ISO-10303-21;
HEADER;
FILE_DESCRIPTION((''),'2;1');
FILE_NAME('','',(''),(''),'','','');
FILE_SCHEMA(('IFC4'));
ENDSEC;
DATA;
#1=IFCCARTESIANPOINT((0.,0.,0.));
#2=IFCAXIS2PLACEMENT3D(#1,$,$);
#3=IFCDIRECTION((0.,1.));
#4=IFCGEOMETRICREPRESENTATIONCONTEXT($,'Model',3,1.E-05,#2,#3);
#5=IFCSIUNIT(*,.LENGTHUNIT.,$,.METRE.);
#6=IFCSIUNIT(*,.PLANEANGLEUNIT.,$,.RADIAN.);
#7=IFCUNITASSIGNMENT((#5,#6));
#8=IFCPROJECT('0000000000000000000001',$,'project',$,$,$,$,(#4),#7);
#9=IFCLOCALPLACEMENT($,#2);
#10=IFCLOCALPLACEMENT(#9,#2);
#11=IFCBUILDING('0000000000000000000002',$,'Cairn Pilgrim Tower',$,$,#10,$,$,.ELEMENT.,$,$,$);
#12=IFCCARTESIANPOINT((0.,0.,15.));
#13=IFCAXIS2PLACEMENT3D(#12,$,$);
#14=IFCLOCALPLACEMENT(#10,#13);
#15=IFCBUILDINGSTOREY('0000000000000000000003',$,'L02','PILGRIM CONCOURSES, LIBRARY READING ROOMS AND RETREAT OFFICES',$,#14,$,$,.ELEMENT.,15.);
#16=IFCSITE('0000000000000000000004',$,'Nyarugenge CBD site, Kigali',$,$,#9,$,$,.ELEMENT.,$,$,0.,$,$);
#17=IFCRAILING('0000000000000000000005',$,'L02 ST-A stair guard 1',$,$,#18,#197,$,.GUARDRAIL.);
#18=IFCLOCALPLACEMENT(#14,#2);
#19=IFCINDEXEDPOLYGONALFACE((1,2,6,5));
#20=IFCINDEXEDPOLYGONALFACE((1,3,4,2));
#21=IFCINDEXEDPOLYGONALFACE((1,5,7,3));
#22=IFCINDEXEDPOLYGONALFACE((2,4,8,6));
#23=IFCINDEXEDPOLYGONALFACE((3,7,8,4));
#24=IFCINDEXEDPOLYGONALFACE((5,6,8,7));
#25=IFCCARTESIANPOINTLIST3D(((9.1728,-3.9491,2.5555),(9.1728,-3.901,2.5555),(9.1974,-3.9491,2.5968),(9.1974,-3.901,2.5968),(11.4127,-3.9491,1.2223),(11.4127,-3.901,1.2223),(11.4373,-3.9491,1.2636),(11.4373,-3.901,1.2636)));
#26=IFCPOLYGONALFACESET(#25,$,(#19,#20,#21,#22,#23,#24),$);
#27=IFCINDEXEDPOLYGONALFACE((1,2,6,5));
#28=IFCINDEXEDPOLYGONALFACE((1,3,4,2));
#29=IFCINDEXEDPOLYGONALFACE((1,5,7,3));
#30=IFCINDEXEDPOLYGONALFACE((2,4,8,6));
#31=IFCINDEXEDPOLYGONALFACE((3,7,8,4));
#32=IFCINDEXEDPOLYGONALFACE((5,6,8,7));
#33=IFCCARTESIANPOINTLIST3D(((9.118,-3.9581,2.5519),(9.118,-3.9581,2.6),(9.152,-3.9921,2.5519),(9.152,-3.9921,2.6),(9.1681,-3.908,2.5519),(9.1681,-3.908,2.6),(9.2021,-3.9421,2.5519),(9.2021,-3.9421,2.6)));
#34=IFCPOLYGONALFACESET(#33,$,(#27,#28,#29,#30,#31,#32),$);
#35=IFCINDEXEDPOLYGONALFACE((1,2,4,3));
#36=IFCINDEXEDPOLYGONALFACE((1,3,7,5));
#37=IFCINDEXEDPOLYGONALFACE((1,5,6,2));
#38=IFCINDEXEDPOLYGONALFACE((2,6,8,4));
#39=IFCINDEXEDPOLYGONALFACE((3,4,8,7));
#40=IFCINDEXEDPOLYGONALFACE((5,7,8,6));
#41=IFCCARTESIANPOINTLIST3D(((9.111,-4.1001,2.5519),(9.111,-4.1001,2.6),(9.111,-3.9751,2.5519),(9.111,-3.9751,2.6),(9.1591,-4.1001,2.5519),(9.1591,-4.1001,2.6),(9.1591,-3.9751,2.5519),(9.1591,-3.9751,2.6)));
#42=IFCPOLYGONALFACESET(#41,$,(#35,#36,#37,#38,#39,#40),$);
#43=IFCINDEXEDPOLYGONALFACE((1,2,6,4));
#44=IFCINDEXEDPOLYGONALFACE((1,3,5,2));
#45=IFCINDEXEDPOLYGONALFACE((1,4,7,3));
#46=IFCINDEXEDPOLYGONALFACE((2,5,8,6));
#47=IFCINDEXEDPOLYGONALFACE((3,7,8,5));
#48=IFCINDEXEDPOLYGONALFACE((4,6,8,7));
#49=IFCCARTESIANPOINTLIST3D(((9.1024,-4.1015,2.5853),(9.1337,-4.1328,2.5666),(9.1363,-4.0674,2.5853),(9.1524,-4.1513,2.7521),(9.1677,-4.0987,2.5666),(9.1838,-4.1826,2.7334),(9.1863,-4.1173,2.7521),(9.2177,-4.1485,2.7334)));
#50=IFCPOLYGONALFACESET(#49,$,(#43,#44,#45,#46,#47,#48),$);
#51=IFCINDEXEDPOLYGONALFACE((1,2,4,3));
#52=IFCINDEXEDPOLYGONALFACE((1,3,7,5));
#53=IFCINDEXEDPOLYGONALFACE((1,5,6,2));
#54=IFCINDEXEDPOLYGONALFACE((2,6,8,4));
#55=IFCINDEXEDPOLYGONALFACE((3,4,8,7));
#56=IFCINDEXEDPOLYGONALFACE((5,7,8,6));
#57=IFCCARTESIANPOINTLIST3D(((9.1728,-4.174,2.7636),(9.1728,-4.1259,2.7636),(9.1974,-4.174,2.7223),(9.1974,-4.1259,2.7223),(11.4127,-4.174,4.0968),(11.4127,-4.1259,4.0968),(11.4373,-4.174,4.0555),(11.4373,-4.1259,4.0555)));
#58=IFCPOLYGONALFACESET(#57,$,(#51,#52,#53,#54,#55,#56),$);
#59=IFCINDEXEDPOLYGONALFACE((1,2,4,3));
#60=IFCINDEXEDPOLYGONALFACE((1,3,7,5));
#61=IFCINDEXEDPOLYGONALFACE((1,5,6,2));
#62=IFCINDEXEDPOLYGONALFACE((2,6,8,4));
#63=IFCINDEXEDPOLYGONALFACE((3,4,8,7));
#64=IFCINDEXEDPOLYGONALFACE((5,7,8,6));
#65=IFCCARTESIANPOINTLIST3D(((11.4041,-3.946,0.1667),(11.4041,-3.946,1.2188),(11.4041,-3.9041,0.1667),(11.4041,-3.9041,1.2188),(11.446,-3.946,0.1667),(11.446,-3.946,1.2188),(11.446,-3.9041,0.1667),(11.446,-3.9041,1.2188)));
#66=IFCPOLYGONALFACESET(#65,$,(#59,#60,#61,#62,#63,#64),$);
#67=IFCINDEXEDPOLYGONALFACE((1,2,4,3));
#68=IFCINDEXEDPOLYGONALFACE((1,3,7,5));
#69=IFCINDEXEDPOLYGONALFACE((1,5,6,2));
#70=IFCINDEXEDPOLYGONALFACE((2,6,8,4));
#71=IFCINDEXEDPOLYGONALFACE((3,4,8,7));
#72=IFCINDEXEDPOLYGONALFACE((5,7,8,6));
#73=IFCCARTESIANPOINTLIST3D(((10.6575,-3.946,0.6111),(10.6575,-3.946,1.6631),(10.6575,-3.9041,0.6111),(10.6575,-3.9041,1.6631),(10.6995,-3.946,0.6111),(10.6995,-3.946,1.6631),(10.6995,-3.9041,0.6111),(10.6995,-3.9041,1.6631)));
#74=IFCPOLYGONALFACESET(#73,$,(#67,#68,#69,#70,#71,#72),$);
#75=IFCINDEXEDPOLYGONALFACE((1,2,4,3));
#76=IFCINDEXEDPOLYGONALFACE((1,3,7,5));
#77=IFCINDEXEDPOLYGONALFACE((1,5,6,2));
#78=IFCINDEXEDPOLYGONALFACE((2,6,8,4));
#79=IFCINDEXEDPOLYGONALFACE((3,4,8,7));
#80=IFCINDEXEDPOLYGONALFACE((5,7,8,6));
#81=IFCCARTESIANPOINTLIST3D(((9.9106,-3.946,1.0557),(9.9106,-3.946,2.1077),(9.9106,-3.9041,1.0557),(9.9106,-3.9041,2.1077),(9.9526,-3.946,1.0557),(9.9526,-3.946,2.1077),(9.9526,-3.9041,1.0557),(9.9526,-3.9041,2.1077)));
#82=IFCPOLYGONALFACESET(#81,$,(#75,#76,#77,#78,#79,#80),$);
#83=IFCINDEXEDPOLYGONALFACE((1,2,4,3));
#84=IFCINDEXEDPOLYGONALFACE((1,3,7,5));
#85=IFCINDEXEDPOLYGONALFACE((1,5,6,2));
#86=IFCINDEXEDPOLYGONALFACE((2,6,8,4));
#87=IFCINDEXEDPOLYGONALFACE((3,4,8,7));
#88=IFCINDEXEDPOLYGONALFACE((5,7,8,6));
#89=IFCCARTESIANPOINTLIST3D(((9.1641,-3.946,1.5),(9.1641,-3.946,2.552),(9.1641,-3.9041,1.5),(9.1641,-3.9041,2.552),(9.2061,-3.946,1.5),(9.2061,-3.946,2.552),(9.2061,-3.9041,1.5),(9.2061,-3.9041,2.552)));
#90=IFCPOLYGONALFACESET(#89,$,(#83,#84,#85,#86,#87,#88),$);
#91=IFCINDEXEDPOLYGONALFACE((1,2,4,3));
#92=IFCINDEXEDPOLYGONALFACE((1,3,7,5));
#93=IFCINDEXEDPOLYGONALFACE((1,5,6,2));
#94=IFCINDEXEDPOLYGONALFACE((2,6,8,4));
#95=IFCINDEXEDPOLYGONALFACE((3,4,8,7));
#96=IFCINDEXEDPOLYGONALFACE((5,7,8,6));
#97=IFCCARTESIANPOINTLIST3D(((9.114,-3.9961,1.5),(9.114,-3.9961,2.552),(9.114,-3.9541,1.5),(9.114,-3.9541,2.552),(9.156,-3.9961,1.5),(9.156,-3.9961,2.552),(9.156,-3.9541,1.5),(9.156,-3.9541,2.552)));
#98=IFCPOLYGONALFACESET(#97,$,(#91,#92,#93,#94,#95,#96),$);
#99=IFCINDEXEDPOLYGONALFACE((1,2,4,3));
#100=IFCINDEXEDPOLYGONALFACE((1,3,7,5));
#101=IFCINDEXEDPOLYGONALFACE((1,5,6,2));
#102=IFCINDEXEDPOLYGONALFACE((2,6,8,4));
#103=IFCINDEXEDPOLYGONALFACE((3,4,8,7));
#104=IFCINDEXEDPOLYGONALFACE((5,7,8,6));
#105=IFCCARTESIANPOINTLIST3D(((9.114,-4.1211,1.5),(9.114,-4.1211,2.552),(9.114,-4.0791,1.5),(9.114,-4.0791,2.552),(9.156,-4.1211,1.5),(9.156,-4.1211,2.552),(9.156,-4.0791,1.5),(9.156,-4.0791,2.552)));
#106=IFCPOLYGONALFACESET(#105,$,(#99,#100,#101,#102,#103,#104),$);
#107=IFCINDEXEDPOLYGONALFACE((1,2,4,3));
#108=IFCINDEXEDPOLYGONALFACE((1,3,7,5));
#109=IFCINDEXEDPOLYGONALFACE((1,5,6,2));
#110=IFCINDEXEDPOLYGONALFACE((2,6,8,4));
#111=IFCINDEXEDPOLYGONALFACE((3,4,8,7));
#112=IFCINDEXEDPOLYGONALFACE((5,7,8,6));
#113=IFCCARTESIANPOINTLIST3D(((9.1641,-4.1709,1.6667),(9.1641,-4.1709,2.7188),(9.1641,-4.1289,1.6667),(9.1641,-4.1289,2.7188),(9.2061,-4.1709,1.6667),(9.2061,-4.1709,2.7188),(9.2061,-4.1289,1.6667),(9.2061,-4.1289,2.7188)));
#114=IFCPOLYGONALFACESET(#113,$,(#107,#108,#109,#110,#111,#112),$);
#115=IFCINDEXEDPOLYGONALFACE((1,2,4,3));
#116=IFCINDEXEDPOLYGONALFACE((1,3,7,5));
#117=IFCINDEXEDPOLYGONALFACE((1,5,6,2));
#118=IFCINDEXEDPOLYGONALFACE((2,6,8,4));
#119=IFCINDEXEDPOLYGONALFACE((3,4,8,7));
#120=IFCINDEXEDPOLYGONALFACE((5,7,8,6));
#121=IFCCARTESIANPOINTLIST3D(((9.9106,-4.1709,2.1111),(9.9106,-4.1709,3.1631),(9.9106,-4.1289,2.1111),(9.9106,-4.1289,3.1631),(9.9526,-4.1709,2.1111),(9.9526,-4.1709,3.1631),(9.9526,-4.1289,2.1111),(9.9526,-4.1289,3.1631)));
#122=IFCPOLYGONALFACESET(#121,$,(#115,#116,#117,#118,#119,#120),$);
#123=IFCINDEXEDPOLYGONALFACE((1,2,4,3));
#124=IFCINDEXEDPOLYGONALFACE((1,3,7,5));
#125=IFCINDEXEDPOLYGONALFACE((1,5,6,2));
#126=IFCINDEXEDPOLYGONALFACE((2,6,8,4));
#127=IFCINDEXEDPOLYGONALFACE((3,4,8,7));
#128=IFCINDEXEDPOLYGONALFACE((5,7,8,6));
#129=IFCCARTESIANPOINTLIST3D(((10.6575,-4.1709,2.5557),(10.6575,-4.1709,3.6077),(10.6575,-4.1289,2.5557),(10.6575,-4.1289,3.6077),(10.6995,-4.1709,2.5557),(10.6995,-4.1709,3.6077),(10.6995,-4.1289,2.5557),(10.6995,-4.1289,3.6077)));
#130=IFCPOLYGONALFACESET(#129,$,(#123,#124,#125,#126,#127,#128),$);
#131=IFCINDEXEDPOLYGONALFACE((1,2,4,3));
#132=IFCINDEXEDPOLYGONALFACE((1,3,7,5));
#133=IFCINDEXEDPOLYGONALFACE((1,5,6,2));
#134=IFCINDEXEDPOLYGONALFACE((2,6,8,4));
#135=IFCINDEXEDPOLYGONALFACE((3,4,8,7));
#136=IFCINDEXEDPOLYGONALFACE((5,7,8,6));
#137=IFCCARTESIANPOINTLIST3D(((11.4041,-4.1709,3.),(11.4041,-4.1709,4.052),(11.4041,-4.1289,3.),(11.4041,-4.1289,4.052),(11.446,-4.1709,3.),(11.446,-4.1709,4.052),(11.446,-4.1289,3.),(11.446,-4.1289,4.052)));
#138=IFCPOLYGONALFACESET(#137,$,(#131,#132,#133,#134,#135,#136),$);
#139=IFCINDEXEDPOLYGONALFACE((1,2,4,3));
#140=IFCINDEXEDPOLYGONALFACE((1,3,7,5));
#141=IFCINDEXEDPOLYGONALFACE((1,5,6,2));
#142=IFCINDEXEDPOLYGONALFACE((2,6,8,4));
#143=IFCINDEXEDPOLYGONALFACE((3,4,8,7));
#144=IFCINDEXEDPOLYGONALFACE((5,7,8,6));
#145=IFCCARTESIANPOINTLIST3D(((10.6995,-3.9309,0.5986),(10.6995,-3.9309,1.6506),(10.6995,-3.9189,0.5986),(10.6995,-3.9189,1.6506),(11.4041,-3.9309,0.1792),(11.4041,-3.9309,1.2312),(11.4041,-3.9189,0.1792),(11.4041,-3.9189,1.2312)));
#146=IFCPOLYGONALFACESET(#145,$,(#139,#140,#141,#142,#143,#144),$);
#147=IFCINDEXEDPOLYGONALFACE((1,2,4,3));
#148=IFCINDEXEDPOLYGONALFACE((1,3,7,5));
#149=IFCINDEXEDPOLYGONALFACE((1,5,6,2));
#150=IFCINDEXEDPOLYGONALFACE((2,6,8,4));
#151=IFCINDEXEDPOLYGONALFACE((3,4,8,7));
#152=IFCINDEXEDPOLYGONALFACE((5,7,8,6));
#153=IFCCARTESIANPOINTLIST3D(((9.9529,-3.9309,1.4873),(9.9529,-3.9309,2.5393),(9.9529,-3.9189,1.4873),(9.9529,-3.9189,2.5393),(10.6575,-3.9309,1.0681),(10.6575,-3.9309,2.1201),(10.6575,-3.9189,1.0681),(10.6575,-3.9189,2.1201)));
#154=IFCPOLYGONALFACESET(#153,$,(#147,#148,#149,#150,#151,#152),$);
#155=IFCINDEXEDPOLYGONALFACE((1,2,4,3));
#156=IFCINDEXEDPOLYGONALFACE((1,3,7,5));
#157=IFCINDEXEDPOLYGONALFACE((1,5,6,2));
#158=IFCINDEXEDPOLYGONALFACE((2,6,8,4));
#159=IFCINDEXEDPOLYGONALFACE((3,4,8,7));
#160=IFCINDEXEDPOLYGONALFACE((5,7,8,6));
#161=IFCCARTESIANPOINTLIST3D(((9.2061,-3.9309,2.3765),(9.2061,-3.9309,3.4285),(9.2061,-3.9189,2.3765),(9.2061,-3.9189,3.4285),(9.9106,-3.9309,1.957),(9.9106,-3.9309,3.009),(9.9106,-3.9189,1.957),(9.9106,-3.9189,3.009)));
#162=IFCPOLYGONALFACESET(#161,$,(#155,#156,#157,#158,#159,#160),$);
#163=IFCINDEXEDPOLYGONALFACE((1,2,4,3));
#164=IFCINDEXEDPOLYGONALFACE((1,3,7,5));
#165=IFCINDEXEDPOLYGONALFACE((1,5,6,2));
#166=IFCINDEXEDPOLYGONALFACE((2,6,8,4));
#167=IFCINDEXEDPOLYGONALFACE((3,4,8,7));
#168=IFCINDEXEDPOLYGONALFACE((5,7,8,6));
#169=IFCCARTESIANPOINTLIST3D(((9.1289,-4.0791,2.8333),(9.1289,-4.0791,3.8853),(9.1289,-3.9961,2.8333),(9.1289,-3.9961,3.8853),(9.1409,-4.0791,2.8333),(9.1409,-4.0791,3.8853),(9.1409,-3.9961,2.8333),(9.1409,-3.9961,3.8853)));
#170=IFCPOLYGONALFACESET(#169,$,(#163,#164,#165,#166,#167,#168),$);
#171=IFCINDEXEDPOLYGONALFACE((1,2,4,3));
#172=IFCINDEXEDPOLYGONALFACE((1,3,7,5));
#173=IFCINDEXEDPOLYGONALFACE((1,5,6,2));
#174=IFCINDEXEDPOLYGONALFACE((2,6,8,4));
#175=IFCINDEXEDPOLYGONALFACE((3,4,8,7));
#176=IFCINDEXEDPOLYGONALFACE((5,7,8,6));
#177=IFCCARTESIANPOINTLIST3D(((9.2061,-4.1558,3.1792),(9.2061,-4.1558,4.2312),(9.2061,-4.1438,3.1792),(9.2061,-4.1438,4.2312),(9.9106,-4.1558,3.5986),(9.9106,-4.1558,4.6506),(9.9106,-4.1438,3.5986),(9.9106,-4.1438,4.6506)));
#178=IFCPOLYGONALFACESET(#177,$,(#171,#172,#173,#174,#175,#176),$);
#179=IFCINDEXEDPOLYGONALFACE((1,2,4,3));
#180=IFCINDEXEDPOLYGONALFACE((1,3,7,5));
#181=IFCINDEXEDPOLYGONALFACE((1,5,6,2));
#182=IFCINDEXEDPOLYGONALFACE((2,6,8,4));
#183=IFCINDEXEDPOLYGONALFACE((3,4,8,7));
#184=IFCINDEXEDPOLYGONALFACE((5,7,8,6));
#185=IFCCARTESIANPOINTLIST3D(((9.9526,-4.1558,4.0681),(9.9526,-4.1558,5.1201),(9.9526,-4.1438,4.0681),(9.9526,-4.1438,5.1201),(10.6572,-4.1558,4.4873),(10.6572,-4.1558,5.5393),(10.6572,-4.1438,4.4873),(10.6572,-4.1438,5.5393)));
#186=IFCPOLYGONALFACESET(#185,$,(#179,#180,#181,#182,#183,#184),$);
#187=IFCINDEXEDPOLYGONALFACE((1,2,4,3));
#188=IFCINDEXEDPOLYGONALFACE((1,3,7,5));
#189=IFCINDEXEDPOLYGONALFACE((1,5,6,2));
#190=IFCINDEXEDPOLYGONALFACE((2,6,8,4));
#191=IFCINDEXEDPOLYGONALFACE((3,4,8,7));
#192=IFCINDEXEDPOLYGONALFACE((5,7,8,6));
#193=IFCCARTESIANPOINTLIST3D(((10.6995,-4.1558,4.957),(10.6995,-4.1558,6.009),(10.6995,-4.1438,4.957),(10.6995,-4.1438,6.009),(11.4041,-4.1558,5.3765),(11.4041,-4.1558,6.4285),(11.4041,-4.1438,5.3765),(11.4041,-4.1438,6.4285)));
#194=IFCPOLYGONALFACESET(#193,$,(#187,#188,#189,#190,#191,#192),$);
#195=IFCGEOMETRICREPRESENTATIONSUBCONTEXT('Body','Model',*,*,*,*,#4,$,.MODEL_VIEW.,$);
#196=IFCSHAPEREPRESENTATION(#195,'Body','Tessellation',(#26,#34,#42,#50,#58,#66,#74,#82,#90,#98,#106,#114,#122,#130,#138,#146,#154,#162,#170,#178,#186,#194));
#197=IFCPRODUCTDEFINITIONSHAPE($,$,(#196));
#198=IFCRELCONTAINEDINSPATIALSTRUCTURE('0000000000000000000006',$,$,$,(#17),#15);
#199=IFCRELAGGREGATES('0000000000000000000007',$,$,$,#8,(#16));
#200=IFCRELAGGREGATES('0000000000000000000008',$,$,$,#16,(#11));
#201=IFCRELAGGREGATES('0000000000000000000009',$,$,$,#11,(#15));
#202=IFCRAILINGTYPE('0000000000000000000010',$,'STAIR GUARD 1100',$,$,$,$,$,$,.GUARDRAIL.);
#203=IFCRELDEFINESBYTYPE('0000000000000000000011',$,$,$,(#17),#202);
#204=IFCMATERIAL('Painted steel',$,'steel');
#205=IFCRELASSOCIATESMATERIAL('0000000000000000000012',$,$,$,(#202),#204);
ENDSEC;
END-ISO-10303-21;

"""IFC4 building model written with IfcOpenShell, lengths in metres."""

from ifc_helpers import new_model, si_unit, direction, frame, origin, origin_2d, place, context, subcontext, project, spatial, polyline, rectangle, outline, extrude, material, type_object, element, save


model = new_model("IFC4")

# Units and contexts
model_context = context("Model", 3, precision=1e-05, world=origin(), true_north=direction((0.0, 1.0)))
body_context = subcontext(model_context, "Body", "Model", "MODEL_VIEW")
ifc_project = project(units=[si_unit("LENGTHUNIT", "METRE"), si_unit("PLANEANGLEUNIT", "RADIAN")], contexts=[model_context])

# Site, building, storey
site_placement = place(None, origin())
site = spatial("IfcSite", under=ifc_project, at=site_placement, Name="Nyarugenge CBD site, Kigali", CompositionType="ELEMENT", RefElevation=0.0)
building_placement = place(site_placement, origin())
building = spatial("IfcBuilding", under=site, at=building_placement, Name="Cairn Pilgrim Tower", CompositionType="ELEMENT")
storey_placement = place(building_placement, frame((0.0, 0.0, 15.0)))
storey = spatial("IfcBuildingStorey", under=building, at=storey_placement, Name="L02", Description="PILGRIM CONCOURSES, LIBRARY READING ROOMS AND RETREAT OFFICES", CompositionType="ELEMENT", Elevation=15.0)

# Shared definitions
ifc_material_1 = material(Name="Painted steel", Category="steel")

# Railing
railing_type_1 = type_object("IfcRailingType", Name="STAIR GUARD 1100", PredefinedType="GUARDRAIL", material=ifc_material_1)
railing_1_placement = place(storey_placement, frame((11.425, -3.925, 0.1667)))
element("IfcRailing", 1, at=railing_1_placement, inside=storey, type_object=railing_type_1, Name="L02 ST-A stair guard 1", PredefinedType="GUARDRAIL", context=body_context, shape_type="SweptSolid", body=[
    extrude(rectangle(XDim=0.0481, YDim=0.0481, at=origin_2d()), frame((0.0, 0.0, 1.0762), z_axis=(-0.859306, 0.0, 0.511462), x_axis=(0.0, -1.0, 0.0)), (0.0, 0.0, 1.0), 2.6067),
    extrude(rectangle(XDim=0.0481, YDim=0.0481, at=origin_2d()), frame((-2.24, 0.0, 2.4092), z_axis=(-0.707107, -0.707107, 0.0), x_axis=(0.707107, -0.707107, 0.0)), (0.0, 0.0, 1.0), 0.0708),
    extrude(rectangle(XDim=0.0481, YDim=0.0481, at=origin_2d()), frame((-2.29, -0.05, 2.4092), z_axis=(0.0, -1.0, 0.0), x_axis=(1.0, 0.0, 0.0)), (0.0, 0.0, 1.0), 0.125),
    extrude(rectangle(XDim=0.0481, YDim=0.0481, at=origin_2d()), frame((-2.29, -0.175, 2.4092), z_axis=(0.276389, -0.275041, 0.920848), x_axis=(0.705376, 0.708834, 0.0)), (0.0, 0.0, 1.0), 0.1812),
    extrude(rectangle(XDim=0.0481, YDim=0.0481, at=origin_2d()), frame((-2.24, -0.2249, 2.5762), z_axis=(0.859306, 0.0, 0.511462), x_axis=(0.0, 1.0, 0.0)), (0.0, 0.0, 1.0), 2.6067),
    extrude(rectangle(XDim=0.042, YDim=0.042, at=origin_2d()), origin(), (0.0, 0.0, 1.0), 1.052),
    extrude(rectangle(XDim=0.042, YDim=0.042, at=origin_2d()), frame((-0.7466, 0.0, 0.4443)), (0.0, 0.0, 1.0), 1.052),
    extrude(rectangle(XDim=0.042, YDim=0.042, at=origin_2d()), frame((-1.4934, 0.0, 0.8889)), (0.0, 0.0, 1.0), 1.052),
    extrude(rectangle(XDim=0.042, YDim=0.042, at=origin_2d()), frame((-2.24, 0.0, 1.3333)), (0.0, 0.0, 1.0), 1.052),
    extrude(rectangle(XDim=0.042, YDim=0.042, at=origin_2d()), frame((-2.29, -0.05, 1.3333)), (0.0, 0.0, 1.0), 1.052),
    extrude(rectangle(XDim=0.042, YDim=0.042, at=origin_2d()), frame((-2.29, -0.175, 1.3333)), (0.0, 0.0, 1.0), 1.052),
    extrude(rectangle(XDim=0.042, YDim=0.042, at=origin_2d()), frame((-2.24, -0.2249, 1.5)), (0.0, 0.0, 1.0), 1.052),
    extrude(rectangle(XDim=0.042, YDim=0.042, at=origin_2d()), frame((-1.4934, -0.2249, 1.9443)), (0.0, 0.0, 1.0), 1.052),
    extrude(rectangle(XDim=0.042, YDim=0.042, at=origin_2d()), frame((-0.7466, -0.2249, 2.3889)), (0.0, 0.0, 1.0), 1.052),
    extrude(rectangle(XDim=0.042, YDim=0.042, at=origin_2d()), frame((0.0, -0.2249, 2.8333)), (0.0, 0.0, 1.0), 1.052),
    extrude(outline(polyline([(0.021, 0.0125), (0.7256, 0.4319), (0.7256, 1.4839), (0.021, 1.0645), (0.021, 0.0125)])), frame((0.0, -0.0059, 0.0), z_axis=(0.0, 1.0, 0.0), x_axis=(-1.0, 0.0, 0.0)), (0.0, 0.0, 1.0), 0.012),
    extrude(outline(polyline([(0.021, 0.457), (0.7256, 0.8762), (0.7256, 1.9282), (0.021, 1.509), (0.021, 0.457)])), frame((-0.7466, -0.0059, 0.4443), z_axis=(0.0, 1.0, 0.0), x_axis=(-1.0, 0.0, 0.0)), (0.0, 0.0, 1.0), 0.012),
    extrude(outline(polyline([(0.021, 0.9014), (0.7256, 1.3208), (0.7256, 2.3728), (0.021, 1.9534), (0.021, 0.9014)])), frame((-1.4934, -0.0059, 0.8889), z_axis=(0.0, 1.0, 0.0), x_axis=(-1.0, 0.0, 0.0)), (0.0, 0.0, 1.0), 0.012),
    extrude(outline(polyline([(0.021, 1.3333), (0.104, 1.3333), (0.104, 2.3853), (0.021, 2.3853), (0.021, 1.3333)])), frame((-2.2842, -0.05, 1.3333), z_axis=(-1.0, 0.0, 0.0), x_axis=(0.0, -1.0, 0.0)), (0.0, 0.0, 1.0), 0.012),
    extrude(outline(polyline([(0.021, 1.5125), (0.7256, 1.9319), (0.7256, 2.9839), (0.021, 2.5645), (0.021, 1.5125)])), frame((-2.24, -0.2188, 1.5), z_axis=(0.0, -1.0, 0.0), x_axis=(1.0, 0.0, 0.0)), (0.0, 0.0, 1.0), 0.012),
    extrude(outline(polyline([(0.021, 1.957), (0.7256, 2.3762), (0.7256, 3.4282), (0.021, 3.009), (0.021, 1.957)])), frame((-1.4934, -0.2188, 1.9443), z_axis=(0.0, -1.0, 0.0), x_axis=(1.0, 0.0, 0.0)), (0.0, 0.0, 1.0), 0.012),
    extrude(outline(polyline([(0.021, 2.4014), (0.7256, 2.8208), (0.7256, 3.8728), (0.021, 3.4534), (0.021, 2.4014)])), frame((-0.7466, -0.2188, 2.3889), z_axis=(0.0, -1.0, 0.0), x_axis=(1.0, 0.0, 0.0)), (0.0, 0.0, 1.0), 0.012),
])

save(model, "model.ifc")
